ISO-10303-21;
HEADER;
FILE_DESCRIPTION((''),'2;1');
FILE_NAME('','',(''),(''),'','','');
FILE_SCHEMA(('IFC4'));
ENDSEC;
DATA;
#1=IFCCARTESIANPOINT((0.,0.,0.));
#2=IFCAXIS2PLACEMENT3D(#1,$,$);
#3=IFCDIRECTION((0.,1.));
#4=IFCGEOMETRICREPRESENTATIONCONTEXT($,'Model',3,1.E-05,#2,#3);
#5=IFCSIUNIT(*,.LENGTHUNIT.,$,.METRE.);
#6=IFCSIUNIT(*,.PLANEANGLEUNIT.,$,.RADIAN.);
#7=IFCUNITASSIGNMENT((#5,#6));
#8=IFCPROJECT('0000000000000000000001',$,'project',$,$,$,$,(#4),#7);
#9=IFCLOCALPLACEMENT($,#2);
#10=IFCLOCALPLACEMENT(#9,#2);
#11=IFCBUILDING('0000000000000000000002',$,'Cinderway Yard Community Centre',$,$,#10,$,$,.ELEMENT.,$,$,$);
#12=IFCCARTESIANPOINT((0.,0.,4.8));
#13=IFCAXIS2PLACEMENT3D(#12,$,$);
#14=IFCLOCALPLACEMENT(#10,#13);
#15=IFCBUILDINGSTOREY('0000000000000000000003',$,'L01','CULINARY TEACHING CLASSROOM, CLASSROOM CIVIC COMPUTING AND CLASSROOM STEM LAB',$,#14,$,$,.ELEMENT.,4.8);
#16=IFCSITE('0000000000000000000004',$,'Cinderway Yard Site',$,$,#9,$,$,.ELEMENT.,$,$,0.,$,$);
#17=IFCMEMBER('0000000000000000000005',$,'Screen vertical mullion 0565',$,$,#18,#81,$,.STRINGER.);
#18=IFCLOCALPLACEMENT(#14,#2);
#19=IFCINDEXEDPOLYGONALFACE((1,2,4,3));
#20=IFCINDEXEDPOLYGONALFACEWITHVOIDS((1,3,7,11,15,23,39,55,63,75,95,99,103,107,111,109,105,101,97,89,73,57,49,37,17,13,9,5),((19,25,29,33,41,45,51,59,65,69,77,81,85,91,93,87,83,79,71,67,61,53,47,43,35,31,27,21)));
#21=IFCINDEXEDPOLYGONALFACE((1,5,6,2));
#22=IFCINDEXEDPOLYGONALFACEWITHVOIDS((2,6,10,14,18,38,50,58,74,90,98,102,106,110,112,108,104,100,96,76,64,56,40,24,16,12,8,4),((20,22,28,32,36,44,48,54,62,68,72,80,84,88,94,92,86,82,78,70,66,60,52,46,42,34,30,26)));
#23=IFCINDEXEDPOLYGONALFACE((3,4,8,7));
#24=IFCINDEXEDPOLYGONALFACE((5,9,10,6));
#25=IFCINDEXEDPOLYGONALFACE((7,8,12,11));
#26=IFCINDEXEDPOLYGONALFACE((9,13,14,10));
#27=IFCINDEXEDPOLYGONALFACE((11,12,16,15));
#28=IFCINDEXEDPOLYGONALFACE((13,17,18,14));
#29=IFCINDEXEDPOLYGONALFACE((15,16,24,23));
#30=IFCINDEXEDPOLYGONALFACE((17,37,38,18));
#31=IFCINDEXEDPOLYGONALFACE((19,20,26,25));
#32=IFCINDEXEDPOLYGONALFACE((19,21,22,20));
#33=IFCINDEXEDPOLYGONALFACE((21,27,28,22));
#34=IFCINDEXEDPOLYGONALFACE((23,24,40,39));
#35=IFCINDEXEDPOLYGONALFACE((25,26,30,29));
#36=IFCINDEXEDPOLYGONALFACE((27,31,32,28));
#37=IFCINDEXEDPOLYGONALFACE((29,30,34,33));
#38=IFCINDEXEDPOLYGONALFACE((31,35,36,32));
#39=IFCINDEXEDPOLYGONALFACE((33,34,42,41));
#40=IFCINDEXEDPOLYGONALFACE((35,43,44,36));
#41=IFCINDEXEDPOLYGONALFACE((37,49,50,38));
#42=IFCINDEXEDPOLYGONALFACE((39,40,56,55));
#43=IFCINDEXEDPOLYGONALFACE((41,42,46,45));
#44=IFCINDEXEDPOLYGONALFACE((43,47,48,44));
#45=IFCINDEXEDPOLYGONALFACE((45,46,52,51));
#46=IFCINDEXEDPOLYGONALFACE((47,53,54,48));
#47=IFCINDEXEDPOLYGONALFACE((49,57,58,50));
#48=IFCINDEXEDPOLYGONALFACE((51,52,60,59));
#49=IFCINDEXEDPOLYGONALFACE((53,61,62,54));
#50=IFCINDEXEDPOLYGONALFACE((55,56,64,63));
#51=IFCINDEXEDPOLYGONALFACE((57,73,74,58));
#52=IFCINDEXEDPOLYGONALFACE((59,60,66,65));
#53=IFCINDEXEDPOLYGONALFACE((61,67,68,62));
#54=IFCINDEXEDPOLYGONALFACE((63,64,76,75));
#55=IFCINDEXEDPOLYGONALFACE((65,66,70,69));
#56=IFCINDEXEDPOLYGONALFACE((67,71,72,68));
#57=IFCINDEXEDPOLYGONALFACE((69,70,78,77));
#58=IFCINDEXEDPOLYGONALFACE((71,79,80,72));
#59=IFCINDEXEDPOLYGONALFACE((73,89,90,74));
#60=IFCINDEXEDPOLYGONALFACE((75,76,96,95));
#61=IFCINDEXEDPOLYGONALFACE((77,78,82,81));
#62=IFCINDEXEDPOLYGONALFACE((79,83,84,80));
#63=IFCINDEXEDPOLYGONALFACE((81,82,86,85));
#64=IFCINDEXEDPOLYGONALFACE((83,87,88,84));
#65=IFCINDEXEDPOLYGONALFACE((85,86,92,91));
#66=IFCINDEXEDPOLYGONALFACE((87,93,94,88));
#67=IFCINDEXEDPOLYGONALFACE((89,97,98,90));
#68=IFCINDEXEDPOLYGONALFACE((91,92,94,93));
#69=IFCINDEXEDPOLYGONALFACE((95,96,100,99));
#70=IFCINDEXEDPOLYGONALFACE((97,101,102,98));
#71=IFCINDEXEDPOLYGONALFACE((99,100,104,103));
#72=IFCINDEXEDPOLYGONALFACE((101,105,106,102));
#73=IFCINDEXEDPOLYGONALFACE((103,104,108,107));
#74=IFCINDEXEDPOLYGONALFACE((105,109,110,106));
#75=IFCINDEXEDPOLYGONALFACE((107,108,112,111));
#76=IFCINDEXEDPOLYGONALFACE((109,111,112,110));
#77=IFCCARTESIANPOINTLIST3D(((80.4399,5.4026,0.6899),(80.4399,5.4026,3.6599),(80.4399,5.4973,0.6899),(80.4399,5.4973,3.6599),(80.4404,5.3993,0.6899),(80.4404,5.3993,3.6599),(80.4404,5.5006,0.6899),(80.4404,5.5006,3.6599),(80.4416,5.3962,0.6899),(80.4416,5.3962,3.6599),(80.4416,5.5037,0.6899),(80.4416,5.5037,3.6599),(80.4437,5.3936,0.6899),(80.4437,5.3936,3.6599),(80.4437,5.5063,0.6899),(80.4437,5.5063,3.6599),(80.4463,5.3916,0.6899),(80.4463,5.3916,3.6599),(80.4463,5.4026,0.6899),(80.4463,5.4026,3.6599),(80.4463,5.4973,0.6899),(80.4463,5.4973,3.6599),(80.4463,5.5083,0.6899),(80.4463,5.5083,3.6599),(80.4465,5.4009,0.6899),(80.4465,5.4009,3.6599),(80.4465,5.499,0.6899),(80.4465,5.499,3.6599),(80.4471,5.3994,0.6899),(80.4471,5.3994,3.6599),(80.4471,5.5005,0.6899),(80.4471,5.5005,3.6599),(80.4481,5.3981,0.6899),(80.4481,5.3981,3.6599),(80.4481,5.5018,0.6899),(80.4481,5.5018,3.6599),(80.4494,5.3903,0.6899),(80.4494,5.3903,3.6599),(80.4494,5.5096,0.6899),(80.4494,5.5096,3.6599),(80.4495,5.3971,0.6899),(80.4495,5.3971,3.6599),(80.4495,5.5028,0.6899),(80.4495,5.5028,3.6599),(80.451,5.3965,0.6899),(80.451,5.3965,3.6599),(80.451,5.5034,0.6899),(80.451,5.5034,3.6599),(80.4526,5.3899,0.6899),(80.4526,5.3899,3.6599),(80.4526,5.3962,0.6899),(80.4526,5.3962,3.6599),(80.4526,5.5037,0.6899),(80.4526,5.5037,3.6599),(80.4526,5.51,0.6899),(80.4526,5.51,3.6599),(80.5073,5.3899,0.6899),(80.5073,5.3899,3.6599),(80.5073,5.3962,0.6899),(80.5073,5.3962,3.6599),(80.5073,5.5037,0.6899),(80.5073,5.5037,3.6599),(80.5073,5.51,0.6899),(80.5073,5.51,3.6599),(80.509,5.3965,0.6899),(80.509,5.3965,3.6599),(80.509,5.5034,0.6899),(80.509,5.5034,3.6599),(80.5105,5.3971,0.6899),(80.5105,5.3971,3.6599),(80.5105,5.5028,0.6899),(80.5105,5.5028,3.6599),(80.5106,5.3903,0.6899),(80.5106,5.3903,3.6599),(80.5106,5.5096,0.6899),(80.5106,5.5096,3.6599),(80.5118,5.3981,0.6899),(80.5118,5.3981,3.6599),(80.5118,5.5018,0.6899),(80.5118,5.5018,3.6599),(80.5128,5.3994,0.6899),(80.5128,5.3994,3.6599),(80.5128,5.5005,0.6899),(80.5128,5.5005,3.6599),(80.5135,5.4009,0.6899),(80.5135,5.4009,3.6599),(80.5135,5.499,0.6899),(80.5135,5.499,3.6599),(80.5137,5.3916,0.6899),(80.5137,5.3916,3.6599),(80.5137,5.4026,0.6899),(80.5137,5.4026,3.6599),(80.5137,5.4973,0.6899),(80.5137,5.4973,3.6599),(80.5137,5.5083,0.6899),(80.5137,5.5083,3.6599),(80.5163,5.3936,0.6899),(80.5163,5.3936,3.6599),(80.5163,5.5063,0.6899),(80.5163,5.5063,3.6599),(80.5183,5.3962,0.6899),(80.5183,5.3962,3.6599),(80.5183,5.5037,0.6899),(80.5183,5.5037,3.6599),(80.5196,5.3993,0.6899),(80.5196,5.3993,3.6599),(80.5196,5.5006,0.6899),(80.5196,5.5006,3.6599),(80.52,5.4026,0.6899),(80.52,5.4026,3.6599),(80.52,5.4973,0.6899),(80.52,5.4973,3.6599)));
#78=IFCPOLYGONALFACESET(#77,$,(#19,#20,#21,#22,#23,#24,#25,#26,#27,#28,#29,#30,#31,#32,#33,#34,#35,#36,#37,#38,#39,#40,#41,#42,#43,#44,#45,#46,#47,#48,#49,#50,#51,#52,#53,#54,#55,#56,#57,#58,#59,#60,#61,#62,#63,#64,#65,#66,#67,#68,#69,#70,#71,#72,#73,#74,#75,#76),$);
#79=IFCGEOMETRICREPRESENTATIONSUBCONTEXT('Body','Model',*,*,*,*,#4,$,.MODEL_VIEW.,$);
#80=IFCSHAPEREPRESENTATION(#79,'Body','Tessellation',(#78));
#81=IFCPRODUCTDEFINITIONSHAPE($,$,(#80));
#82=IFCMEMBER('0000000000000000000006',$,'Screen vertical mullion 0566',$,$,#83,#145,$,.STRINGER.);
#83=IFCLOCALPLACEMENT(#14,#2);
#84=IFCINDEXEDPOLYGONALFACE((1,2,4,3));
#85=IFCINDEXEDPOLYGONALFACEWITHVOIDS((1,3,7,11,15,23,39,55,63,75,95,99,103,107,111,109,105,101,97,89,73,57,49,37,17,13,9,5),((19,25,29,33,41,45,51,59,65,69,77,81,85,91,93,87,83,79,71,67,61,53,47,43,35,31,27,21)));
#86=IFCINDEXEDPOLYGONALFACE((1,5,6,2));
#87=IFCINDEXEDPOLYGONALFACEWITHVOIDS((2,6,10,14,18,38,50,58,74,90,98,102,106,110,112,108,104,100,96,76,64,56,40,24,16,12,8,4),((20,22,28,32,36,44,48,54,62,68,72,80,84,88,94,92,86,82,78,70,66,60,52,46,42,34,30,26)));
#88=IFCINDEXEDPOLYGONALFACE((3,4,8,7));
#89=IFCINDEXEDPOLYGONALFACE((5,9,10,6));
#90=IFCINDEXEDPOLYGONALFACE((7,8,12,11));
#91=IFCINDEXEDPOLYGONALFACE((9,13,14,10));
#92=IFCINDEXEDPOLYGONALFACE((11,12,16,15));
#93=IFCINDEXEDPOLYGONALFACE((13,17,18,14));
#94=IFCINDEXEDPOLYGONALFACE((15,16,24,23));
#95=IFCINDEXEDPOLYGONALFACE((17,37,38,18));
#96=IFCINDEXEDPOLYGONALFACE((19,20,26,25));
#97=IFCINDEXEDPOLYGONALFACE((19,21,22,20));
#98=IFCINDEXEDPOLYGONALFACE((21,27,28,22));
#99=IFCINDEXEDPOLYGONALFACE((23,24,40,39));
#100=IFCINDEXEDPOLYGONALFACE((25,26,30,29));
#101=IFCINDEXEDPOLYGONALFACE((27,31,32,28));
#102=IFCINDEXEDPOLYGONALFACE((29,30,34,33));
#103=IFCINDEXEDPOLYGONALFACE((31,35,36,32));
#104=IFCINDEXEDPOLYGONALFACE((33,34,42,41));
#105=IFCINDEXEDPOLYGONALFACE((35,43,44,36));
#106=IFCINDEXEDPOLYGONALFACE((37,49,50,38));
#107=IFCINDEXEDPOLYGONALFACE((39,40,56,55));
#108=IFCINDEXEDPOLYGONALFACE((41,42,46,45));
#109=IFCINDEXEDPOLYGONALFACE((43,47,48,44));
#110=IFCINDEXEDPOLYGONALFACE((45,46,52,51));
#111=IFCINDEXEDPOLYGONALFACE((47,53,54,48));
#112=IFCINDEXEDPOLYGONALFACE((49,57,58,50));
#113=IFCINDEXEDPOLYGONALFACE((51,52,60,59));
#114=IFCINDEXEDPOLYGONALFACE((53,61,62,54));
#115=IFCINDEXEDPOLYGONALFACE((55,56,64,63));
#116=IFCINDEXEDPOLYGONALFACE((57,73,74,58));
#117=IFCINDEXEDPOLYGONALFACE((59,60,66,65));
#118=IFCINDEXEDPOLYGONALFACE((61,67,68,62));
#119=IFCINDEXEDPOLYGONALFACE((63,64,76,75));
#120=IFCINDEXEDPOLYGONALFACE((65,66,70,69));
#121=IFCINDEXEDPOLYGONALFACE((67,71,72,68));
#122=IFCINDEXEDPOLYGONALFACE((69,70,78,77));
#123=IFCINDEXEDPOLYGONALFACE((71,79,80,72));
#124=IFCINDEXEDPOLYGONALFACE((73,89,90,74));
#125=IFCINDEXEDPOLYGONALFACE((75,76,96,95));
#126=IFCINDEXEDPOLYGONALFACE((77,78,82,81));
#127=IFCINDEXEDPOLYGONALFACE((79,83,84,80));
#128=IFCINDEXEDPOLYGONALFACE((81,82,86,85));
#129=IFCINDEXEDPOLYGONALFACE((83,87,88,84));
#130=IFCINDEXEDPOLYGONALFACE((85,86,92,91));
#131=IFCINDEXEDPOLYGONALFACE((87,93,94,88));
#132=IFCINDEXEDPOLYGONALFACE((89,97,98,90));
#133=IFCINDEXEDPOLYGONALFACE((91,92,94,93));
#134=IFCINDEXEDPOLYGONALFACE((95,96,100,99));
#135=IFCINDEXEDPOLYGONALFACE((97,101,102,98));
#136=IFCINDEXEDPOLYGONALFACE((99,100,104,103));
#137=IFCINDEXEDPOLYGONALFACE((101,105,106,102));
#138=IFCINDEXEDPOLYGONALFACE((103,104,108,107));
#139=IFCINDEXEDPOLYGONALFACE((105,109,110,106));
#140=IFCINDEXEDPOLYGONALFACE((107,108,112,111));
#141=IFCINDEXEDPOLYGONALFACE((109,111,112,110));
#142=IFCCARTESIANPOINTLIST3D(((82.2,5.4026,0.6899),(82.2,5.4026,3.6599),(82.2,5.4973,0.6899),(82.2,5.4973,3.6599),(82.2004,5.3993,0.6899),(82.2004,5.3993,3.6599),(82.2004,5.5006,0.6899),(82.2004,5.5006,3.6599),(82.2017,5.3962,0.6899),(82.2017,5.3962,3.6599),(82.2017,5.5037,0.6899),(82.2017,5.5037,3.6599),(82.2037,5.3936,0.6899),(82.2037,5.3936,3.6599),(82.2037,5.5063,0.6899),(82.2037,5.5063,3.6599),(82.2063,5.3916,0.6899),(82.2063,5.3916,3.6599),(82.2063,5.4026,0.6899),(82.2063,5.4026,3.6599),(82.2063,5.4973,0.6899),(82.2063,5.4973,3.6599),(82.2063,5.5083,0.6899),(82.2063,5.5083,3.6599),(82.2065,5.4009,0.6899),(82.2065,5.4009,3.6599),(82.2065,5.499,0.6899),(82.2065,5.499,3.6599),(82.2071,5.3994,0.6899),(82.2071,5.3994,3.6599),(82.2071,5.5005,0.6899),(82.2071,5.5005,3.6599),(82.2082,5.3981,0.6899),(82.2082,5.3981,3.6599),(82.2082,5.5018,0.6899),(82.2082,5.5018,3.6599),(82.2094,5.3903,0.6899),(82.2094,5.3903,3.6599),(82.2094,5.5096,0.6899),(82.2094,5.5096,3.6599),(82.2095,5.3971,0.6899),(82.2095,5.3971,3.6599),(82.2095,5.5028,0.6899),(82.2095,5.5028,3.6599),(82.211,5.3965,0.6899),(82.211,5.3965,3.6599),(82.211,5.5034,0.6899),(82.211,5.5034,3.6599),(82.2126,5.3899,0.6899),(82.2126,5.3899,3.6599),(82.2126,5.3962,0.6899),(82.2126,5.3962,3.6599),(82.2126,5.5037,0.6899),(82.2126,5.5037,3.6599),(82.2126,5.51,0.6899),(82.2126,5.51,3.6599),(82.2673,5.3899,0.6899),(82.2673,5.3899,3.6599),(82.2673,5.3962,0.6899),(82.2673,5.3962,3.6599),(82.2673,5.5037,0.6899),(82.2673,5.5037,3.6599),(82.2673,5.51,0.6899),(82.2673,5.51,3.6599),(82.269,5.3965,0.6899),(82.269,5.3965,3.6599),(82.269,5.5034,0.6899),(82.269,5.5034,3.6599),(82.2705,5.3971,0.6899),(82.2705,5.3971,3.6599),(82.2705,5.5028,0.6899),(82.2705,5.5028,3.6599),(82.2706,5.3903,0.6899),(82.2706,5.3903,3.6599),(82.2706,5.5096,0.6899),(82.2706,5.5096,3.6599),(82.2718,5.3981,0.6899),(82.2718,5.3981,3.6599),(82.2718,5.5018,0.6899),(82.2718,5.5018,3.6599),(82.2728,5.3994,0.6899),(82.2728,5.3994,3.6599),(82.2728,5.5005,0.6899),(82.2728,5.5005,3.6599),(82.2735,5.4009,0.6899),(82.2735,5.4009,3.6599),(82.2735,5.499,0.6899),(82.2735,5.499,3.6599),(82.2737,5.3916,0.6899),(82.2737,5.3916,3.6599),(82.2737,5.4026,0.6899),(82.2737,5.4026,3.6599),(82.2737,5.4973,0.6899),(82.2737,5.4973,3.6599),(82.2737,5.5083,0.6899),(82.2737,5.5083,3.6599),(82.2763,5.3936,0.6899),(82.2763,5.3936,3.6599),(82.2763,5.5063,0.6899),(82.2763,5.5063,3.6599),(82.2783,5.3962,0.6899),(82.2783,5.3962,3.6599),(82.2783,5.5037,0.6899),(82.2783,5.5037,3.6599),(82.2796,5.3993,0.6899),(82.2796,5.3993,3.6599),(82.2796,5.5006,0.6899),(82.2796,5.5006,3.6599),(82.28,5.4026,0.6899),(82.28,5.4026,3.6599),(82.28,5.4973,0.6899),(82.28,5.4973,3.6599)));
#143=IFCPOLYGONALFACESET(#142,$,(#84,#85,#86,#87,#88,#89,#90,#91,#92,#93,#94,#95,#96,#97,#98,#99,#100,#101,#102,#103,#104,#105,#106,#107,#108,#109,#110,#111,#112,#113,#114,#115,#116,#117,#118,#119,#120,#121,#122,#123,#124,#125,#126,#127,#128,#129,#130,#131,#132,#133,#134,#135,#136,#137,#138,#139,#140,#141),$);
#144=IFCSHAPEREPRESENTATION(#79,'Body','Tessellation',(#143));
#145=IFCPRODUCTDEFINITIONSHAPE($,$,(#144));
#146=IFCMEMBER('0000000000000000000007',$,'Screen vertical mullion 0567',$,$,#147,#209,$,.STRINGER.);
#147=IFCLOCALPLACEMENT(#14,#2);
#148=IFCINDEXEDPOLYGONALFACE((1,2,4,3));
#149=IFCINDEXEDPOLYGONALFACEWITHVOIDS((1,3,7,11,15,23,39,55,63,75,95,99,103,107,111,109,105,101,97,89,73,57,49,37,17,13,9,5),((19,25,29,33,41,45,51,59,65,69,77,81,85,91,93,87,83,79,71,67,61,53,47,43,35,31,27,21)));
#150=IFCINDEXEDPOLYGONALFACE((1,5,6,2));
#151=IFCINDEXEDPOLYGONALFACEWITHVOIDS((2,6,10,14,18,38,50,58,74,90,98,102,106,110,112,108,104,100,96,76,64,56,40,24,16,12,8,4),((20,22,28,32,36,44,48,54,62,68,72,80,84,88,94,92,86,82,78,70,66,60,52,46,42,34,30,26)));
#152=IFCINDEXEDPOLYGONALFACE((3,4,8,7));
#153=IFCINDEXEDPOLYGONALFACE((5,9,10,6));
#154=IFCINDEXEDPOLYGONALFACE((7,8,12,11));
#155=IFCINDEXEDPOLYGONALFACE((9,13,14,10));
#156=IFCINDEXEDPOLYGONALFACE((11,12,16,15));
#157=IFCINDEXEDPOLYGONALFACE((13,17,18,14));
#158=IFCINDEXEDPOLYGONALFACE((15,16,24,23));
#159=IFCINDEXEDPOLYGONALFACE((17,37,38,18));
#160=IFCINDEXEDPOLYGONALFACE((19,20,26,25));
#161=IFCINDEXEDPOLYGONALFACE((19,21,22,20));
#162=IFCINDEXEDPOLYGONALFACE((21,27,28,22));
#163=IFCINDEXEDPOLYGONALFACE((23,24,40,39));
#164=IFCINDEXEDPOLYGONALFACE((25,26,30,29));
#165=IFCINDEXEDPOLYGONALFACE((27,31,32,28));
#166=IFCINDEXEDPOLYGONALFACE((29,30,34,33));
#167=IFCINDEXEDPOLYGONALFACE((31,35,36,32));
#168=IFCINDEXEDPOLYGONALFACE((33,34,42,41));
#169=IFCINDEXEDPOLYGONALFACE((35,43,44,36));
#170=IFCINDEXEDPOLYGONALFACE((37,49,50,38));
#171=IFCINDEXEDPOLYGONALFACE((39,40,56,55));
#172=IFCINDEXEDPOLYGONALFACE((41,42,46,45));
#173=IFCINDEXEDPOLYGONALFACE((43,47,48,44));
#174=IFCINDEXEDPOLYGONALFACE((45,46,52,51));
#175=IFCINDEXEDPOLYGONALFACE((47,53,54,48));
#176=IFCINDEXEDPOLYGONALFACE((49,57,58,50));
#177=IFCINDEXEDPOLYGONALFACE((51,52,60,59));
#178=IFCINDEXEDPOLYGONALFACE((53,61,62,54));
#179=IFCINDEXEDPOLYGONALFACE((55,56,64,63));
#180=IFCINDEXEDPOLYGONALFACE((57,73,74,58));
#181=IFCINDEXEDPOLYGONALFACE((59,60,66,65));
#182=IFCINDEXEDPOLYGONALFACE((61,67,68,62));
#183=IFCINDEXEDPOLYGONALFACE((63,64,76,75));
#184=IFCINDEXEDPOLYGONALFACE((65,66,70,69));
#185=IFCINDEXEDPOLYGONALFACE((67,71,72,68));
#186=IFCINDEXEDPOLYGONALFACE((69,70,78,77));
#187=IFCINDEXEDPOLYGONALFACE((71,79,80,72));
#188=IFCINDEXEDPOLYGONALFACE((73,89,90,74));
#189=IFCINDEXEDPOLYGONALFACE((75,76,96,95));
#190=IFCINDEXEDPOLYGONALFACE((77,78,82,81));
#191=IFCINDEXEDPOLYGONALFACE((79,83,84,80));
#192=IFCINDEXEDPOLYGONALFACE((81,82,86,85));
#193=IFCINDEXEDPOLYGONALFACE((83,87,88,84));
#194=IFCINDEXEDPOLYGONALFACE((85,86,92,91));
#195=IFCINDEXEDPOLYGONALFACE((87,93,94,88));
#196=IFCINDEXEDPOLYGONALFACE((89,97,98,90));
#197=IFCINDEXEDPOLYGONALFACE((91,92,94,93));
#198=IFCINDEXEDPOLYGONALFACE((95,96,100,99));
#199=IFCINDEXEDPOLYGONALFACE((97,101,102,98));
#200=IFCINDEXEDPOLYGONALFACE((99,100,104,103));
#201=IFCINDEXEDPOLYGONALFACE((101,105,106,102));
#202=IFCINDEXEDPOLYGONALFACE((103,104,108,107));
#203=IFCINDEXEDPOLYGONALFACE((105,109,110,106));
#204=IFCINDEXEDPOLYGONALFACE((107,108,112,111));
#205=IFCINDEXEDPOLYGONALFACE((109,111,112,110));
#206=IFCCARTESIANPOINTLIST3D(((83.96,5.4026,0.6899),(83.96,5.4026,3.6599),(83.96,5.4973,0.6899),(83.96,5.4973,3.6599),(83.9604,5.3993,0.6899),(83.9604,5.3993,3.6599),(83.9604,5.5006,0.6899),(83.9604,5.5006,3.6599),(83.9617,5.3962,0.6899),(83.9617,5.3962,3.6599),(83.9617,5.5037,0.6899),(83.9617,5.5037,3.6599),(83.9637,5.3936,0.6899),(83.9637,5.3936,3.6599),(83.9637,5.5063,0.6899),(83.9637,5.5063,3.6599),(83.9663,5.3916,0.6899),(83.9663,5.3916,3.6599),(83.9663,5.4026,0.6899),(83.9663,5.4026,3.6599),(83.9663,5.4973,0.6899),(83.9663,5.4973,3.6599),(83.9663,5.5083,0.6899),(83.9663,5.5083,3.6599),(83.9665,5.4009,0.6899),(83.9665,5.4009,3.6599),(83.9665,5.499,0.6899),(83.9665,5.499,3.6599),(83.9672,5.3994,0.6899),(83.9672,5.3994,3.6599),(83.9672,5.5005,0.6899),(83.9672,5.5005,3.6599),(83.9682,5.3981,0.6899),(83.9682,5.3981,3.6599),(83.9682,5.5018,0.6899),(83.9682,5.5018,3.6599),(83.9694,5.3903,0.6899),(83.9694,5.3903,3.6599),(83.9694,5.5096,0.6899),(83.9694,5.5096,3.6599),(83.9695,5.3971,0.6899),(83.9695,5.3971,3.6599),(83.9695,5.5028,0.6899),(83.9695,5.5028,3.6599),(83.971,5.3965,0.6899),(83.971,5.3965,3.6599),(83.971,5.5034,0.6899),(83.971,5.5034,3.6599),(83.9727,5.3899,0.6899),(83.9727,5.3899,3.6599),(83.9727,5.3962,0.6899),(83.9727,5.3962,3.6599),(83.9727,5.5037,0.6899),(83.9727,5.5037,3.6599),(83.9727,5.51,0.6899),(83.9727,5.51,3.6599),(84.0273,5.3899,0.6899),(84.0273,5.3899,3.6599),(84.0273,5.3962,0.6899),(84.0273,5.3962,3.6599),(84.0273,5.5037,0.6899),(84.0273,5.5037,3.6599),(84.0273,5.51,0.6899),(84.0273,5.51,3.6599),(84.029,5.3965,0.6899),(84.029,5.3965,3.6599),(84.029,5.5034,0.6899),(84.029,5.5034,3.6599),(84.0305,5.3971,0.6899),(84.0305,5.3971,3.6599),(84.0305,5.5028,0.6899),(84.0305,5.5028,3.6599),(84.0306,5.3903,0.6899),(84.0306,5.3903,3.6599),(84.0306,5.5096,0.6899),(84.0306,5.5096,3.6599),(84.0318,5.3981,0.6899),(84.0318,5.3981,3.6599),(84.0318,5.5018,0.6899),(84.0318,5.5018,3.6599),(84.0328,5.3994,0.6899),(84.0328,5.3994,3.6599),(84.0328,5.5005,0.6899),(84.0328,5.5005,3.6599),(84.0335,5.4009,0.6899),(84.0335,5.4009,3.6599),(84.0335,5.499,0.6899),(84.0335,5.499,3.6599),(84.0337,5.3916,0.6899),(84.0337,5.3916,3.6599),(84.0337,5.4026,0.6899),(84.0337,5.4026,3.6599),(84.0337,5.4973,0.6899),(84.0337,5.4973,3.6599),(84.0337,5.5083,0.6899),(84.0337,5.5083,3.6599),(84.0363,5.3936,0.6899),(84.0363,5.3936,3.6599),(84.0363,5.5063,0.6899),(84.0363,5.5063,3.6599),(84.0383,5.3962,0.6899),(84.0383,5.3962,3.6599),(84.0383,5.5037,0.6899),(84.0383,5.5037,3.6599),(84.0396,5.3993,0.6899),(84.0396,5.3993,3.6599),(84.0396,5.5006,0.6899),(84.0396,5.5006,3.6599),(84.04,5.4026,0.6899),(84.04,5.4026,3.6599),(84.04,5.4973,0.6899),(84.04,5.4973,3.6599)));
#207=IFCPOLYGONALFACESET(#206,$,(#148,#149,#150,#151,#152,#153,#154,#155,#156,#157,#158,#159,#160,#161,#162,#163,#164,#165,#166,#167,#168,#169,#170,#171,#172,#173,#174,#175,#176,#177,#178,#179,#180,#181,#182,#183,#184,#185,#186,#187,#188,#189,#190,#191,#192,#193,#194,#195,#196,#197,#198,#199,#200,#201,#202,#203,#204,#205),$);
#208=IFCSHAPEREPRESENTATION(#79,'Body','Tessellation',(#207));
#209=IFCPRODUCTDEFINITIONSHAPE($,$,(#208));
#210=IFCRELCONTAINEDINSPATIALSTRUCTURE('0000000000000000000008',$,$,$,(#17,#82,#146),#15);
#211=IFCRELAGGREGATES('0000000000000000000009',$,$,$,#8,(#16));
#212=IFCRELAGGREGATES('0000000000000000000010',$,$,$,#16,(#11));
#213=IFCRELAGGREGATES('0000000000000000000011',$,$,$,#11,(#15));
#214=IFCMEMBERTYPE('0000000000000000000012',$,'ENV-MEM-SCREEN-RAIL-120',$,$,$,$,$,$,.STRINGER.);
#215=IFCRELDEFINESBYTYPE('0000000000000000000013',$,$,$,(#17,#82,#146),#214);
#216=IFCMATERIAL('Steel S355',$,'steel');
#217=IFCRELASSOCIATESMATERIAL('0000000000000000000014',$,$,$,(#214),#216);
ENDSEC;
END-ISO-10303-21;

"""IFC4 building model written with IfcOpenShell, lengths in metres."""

from ifc_helpers import new_model, si_unit, direction, frame, origin, origin_2d, place, context, subcontext, project, spatial, hollow_rectangle, extrude, material, material_profile, profile_set, type_object, element, save


model = new_model("IFC4")

# Units and contexts
model_context = context("Model", 3, precision=1e-05, world=origin(), true_north=direction((0.0, 1.0)))
body_context = subcontext(model_context, "Body", "Model", "MODEL_VIEW")
ifc_project = project(units=[si_unit("LENGTHUNIT", "METRE"), si_unit("PLANEANGLEUNIT", "RADIAN")], contexts=[model_context])

# Site, building, storey
site_placement = place(None, origin())
site = spatial("IfcSite", under=ifc_project, at=site_placement, Name="Cinderway Yard Site", CompositionType="ELEMENT", RefElevation=0.0)
building_placement = place(site_placement, origin())
building = spatial("IfcBuilding", under=site, at=building_placement, Name="Cinderway Yard Community Centre", CompositionType="ELEMENT")
storey_placement = place(building_placement, frame((0.0, 0.0, 4.8)))
storey = spatial("IfcBuildingStorey", under=building, at=storey_placement, Name="L01", Description="CULINARY TEACHING CLASSROOM, CLASSROOM CIVIC COMPUTING AND CLASSROOM STEM LAB", CompositionType="ELEMENT", Elevation=4.8)

# Members
ifc_material_1 = material(Name="Steel S355", Category="steel")
ifc_material_profile_1 = material_profile(ifc_material_1, hollow_rectangle(XDim=0.0801, YDim=0.1201, WallThickness=0.0063, InnerFilletRadius=0.0063, OuterFilletRadius=0.0127, at=origin_2d()), Name="Steel S355")
ifc_profile_set_1 = profile_set([ifc_material_profile_1], Name="Steel S355")
member_type_1 = type_object("IfcMemberType", Name="ENV-MEM-SCREEN-RAIL-120", PredefinedType="STRINGER", material=ifc_profile_set_1)
for number, where, z_axis, x_axis, name in (
    (1, (80.48, 5.45, 0.6899), (0.0, 0.0, 1.0), (1.0, 0.0, 0.0), "Screen vertical mullion 0565"),
    (2, (82.24, 5.45, 0.6899), (0.0, 0.0, 1.0), (1.0, 0.0, 0.0), "Screen vertical mullion 0566"),
    (3, (84.0, 5.45, 0.6899), (0.0, 0.0, 1.0), (1.0, 0.0, 0.0), "Screen vertical mullion 0567"),
):
    element("IfcMember", number, at=place(storey_placement, frame(where, z_axis=z_axis, x_axis=x_axis)), inside=storey, type_object=member_type_1, Name=name, PredefinedType="STRINGER", context=body_context, shape_type="SweptSolid", body=[
        extrude(hollow_rectangle(XDim=0.0801, YDim=0.1201, WallThickness=0.0063, InnerFilletRadius=0.0063, OuterFilletRadius=0.0127, at=origin_2d()), origin(), (0.0, 0.0, 1.0), 2.97),
    ])

save(model, "model.ifc")
